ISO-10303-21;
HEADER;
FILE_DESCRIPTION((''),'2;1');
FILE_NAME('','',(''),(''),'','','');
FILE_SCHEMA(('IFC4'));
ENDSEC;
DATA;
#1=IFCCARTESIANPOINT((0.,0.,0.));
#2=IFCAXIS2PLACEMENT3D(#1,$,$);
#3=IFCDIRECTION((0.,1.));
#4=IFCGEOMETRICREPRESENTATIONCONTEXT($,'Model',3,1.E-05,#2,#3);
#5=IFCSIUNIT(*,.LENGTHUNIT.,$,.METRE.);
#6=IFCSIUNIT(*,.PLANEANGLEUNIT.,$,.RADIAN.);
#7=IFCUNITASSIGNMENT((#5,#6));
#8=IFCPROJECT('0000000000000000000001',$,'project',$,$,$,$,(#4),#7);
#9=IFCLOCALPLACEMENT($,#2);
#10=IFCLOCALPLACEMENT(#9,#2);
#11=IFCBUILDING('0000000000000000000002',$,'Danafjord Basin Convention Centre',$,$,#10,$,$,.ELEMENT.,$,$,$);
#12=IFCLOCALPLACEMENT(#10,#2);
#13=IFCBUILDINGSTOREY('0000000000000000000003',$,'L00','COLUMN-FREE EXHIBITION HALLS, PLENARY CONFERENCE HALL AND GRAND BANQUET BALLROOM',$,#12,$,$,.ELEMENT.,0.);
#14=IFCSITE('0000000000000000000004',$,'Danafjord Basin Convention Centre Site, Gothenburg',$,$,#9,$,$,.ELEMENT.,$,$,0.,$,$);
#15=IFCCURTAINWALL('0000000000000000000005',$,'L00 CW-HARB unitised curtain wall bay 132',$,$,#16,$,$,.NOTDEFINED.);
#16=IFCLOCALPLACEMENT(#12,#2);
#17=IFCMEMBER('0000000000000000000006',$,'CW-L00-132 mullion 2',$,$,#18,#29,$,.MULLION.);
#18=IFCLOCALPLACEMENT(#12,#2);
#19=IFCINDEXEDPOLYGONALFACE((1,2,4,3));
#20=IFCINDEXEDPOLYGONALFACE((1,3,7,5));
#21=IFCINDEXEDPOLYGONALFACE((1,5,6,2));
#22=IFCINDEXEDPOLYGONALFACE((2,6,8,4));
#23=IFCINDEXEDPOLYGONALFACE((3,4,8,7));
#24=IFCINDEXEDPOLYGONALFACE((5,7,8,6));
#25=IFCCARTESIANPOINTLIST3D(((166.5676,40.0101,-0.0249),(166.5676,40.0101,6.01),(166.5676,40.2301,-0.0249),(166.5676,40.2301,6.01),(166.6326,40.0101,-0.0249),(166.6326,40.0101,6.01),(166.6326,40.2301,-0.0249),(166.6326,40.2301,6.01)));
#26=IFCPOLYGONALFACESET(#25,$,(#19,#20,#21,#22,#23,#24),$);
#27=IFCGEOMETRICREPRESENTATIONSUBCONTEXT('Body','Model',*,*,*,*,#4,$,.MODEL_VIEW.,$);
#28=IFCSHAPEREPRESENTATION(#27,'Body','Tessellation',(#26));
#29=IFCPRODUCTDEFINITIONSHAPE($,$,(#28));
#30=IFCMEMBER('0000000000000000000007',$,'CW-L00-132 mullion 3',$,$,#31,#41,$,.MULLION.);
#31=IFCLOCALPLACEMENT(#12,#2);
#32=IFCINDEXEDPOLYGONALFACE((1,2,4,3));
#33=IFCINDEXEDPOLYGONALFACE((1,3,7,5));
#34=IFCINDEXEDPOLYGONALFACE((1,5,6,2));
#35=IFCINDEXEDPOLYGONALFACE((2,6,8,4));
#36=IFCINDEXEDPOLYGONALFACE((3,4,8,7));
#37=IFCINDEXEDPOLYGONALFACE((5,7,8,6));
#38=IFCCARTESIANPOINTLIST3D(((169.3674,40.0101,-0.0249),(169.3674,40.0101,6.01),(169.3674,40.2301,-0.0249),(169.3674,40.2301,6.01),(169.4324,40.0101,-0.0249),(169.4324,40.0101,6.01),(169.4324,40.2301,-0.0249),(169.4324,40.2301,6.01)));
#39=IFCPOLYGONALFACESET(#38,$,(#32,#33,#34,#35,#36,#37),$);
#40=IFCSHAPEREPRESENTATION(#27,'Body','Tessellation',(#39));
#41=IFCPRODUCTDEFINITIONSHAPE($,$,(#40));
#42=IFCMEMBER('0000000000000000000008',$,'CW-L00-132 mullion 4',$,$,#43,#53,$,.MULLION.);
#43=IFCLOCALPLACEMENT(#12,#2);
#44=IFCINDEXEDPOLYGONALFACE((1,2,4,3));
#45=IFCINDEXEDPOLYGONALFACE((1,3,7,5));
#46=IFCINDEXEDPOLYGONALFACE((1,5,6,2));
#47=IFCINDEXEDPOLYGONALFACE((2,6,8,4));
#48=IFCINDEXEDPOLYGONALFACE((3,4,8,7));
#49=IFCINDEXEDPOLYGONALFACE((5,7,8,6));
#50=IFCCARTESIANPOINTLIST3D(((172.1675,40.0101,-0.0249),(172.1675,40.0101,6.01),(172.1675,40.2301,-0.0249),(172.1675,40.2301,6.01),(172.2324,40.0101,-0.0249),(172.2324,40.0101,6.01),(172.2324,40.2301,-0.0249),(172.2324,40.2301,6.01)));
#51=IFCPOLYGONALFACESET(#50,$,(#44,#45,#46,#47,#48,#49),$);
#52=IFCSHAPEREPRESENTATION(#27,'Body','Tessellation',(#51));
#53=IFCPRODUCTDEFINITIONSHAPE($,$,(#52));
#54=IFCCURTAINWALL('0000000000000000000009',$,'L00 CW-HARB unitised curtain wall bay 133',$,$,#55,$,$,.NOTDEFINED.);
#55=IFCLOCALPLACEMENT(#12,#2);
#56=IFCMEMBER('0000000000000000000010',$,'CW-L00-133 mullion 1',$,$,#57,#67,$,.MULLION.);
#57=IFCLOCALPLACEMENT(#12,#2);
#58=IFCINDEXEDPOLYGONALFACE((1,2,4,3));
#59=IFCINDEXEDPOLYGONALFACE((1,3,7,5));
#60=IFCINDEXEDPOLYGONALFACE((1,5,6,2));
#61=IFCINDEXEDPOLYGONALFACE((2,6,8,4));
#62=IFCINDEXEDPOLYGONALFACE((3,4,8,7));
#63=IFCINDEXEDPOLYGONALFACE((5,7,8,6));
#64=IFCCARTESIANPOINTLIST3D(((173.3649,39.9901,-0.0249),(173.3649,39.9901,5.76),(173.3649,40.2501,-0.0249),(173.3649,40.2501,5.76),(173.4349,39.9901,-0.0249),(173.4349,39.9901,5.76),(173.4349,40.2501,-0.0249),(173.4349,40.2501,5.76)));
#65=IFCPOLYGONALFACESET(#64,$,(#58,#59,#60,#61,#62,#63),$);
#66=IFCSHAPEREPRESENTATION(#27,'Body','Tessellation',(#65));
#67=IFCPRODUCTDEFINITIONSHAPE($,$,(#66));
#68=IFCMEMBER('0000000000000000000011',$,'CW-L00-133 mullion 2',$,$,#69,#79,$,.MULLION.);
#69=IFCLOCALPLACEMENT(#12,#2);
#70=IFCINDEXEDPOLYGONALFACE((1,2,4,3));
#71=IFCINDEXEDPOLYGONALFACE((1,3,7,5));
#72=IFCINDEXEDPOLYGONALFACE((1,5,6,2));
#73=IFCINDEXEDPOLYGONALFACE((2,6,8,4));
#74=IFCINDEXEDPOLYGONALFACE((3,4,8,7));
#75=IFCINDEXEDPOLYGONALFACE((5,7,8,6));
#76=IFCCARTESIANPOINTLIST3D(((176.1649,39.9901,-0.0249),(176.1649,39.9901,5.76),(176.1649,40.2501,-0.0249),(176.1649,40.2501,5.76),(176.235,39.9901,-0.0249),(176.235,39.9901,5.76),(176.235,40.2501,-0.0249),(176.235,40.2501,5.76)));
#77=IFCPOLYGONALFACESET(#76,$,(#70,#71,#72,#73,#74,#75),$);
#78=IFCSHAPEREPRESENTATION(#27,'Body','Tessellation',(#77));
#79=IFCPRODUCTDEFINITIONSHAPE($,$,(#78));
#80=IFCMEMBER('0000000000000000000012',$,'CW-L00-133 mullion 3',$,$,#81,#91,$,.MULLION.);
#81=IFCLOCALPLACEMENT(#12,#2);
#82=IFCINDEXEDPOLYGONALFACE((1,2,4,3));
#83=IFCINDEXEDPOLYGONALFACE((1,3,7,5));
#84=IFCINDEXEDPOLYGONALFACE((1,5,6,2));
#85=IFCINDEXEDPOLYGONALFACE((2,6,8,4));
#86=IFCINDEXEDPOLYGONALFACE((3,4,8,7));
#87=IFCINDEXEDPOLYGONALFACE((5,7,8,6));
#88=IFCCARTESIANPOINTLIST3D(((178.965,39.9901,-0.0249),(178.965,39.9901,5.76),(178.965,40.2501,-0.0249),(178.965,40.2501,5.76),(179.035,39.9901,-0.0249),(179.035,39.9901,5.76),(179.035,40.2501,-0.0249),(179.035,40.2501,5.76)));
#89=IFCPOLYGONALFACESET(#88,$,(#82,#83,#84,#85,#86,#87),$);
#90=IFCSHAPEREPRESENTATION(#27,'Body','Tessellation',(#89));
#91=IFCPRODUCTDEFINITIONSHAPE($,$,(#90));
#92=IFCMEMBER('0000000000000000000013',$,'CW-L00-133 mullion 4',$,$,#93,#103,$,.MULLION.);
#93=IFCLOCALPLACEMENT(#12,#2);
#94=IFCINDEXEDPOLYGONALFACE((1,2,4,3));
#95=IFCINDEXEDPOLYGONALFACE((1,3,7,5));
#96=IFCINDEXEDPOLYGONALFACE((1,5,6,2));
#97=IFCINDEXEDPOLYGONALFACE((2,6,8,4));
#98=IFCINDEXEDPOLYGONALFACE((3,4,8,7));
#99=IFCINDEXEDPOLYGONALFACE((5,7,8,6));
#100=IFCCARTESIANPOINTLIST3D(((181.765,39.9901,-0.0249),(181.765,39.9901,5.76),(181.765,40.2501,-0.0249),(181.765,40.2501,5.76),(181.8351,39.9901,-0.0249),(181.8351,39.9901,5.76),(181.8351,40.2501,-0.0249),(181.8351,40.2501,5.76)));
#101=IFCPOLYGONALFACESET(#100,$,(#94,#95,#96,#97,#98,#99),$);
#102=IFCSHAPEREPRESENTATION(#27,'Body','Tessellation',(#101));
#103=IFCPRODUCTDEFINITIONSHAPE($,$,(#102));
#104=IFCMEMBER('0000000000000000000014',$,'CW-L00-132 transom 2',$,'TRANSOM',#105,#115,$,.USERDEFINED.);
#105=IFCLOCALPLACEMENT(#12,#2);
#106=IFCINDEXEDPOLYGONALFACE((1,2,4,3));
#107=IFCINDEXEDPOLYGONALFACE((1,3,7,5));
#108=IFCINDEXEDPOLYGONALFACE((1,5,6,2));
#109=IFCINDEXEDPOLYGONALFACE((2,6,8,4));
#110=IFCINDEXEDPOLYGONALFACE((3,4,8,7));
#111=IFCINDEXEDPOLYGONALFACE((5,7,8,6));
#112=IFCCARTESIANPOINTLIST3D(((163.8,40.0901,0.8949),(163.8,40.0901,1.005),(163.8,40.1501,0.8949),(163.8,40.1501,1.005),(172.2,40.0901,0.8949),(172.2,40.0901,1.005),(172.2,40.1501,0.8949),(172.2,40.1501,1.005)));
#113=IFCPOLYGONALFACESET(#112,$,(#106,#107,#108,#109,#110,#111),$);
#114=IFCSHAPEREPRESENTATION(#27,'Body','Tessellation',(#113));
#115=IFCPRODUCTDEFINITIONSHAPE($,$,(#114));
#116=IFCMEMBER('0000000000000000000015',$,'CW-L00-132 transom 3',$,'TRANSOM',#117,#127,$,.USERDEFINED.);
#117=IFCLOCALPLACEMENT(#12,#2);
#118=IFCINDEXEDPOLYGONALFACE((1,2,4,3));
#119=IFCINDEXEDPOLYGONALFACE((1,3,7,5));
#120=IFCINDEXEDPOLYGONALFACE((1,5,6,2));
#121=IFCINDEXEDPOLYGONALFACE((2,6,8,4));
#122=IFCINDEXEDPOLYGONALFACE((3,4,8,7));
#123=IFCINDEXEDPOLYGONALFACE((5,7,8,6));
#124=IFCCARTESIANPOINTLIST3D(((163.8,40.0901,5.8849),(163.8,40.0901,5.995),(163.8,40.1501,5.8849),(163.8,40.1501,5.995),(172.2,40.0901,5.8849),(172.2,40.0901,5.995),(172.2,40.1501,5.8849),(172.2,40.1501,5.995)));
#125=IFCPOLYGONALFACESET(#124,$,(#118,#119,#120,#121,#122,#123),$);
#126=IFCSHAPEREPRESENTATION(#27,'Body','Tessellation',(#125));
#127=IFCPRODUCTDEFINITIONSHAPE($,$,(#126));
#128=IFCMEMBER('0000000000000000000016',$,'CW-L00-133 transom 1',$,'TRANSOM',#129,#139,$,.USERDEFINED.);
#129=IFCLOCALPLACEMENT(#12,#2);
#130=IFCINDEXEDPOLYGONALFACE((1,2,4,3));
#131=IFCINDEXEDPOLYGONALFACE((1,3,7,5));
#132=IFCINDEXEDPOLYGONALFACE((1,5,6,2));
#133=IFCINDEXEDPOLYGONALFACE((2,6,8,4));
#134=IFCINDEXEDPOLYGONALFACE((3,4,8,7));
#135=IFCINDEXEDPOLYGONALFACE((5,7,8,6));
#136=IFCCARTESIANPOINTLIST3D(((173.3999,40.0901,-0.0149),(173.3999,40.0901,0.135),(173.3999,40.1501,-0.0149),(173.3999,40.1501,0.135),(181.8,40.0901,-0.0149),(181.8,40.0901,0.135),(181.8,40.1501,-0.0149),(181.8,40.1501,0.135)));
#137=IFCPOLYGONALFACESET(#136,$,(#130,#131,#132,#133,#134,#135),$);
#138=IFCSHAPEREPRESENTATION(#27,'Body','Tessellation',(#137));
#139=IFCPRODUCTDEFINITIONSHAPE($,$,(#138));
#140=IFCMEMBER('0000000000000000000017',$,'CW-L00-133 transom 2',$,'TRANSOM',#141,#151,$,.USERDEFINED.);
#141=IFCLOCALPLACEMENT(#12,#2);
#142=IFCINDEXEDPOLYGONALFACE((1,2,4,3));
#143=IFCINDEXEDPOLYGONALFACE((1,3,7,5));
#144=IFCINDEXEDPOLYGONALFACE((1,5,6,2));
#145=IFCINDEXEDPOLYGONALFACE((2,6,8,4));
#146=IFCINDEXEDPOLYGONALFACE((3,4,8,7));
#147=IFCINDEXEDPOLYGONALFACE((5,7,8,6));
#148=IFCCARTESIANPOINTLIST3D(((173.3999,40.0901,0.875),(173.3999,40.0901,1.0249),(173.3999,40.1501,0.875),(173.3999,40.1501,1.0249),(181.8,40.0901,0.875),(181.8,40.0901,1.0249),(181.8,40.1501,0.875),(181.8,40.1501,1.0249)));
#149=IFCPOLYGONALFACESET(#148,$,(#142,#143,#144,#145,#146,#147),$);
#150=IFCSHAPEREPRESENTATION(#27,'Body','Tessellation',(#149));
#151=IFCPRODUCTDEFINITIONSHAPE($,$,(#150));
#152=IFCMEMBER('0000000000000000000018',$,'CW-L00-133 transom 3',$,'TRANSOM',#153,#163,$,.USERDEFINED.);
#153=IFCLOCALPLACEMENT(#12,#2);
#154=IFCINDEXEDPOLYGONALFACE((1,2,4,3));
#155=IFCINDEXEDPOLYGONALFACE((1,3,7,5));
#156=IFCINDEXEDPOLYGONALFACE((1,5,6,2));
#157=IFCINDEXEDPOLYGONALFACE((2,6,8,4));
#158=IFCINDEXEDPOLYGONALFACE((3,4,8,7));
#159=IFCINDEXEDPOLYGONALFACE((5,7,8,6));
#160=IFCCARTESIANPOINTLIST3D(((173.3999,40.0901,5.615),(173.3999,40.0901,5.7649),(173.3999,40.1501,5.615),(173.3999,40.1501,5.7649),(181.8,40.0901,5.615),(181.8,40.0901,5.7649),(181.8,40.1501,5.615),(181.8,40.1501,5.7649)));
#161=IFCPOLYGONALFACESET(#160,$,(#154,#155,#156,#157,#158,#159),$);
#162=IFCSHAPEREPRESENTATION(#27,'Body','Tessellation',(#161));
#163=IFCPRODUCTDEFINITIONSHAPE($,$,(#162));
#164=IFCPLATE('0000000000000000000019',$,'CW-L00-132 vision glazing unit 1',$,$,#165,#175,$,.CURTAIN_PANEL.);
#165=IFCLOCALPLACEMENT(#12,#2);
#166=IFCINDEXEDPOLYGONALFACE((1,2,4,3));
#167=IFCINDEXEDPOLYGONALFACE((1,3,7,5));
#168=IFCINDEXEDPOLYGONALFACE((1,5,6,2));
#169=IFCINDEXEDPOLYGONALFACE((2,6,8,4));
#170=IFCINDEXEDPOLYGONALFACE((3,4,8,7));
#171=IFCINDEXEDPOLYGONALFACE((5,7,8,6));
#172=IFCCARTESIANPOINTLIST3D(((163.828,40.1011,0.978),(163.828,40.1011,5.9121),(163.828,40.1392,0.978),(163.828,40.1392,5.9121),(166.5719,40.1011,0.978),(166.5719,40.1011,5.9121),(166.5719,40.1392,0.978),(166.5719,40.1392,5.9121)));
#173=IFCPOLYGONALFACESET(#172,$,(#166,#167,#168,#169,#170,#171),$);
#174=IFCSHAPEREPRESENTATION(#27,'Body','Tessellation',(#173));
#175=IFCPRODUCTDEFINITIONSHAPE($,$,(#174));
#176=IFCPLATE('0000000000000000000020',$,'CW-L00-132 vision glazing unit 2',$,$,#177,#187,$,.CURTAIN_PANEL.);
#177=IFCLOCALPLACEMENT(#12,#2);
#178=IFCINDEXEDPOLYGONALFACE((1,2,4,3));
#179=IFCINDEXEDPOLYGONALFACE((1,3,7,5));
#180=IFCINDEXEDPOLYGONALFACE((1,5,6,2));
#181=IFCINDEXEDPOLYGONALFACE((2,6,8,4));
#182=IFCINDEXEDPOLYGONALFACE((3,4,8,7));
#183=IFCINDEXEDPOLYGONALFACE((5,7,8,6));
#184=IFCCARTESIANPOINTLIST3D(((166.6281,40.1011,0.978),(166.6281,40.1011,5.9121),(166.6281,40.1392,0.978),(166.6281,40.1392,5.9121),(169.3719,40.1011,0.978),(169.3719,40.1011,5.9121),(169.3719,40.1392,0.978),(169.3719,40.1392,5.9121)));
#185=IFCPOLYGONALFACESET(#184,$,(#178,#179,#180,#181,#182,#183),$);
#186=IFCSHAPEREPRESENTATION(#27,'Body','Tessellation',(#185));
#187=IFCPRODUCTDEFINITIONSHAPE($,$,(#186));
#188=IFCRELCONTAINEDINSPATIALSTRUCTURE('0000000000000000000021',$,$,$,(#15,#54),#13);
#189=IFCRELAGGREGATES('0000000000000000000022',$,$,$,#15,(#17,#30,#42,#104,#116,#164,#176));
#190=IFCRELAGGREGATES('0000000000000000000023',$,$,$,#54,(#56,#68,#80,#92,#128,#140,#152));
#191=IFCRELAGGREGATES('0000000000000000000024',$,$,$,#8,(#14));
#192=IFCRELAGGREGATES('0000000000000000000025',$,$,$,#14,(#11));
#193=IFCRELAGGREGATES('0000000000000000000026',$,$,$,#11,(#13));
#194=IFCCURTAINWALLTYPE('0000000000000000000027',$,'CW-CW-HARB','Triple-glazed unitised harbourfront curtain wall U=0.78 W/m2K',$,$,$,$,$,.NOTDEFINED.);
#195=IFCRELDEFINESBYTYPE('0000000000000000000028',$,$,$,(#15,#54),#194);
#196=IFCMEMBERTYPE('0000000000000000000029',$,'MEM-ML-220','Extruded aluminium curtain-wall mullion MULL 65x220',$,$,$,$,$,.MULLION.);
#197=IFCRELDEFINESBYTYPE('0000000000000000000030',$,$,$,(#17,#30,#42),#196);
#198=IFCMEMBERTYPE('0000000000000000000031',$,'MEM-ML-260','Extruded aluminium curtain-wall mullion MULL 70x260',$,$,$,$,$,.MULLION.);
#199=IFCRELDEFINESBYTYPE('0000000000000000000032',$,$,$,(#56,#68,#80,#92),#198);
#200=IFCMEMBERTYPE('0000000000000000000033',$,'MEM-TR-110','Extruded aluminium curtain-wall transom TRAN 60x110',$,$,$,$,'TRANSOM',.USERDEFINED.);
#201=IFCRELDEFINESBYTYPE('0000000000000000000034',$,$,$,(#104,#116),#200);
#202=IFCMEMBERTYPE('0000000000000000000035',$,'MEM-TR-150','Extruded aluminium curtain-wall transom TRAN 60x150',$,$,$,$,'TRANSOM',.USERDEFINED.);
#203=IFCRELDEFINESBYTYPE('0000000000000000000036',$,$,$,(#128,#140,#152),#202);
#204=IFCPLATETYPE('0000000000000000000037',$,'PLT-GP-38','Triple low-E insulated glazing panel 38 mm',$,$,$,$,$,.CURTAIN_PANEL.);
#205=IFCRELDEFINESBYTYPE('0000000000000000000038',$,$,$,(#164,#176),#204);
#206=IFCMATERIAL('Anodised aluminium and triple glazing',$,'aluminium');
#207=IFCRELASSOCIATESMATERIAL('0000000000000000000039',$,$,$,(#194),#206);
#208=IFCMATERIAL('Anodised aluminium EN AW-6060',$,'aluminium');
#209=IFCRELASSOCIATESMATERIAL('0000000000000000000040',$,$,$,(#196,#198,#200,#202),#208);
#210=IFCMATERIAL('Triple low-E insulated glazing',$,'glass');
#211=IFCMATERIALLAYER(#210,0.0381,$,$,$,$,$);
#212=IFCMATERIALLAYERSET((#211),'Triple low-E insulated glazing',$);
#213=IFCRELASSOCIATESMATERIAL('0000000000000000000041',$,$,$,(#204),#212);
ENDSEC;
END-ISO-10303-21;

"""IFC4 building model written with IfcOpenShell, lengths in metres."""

from ifc_helpers import new_model, si_unit, direction, frame, origin, origin_2d, place, context, subcontext, project, spatial, rectangle, extrude, material, layer, layer_set, material_profile, profile_set, type_object, element, aggregate, save


model = new_model("IFC4")

# Units and contexts
model_context = context("Model", 3, precision=1e-05, world=origin(), true_north=direction((0.0, 1.0)))
body_context = subcontext(model_context, "Body", "Model", "MODEL_VIEW")
ifc_project = project(units=[si_unit("LENGTHUNIT", "METRE"), si_unit("PLANEANGLEUNIT", "RADIAN")], contexts=[model_context])

# Site, building, storey
site_placement = place(None, origin())
site = spatial("IfcSite", under=ifc_project, at=site_placement, Name="Danafjord Basin Convention Centre Site, Gothenburg", CompositionType="ELEMENT", RefElevation=0.0)
building_placement = place(site_placement, origin())
building = spatial("IfcBuilding", under=site, at=building_placement, Name="Danafjord Basin Convention Centre", CompositionType="ELEMENT")
storey_placement = place(building_placement, origin())
storey = spatial("IfcBuildingStorey", under=building, at=storey_placement, Name="L00", Description="COLUMN-FREE EXHIBITION HALLS, PLENARY CONFERENCE HALL AND GRAND BANQUET BALLROOM", CompositionType="ELEMENT", Elevation=0.0)

# Curtain walls, members
ifc_material_1 = material(Name="Anodised aluminium and triple glazing", Category="aluminium")
curtain_wall_type = type_object("IfcCurtainWallType", Name="CW-CW-HARB", Description="Triple-glazed unitised harbourfront curtain wall U=0.78 W/m2K", PredefinedType="NOTDEFINED", material=ifc_material_1)
curtain_wall_1_placement = place(storey_placement, origin())
curtain_wall_1 = element("IfcCurtainWall", 1, at=curtain_wall_1_placement, inside=storey, type_object=curtain_wall_type, Name="L00 CW-HARB unitised curtain wall bay 132", PredefinedType="NOTDEFINED")
ifc_material_2 = material(Name="Anodised aluminium EN AW-6060", Category="aluminium")
ifc_material_profile_1 = material_profile(ifc_material_2, rectangle(XDim=0.0649, YDim=0.22, at=origin_2d()), Name="MULL 65x220")
ifc_profile_set_1 = profile_set([ifc_material_profile_1], Name="Anodised aluminium EN AW-6060")
member_type_1 = type_object("IfcMemberType", Name="MEM-ML-220", Description="Extruded aluminium curtain-wall mullion MULL 65x220", PredefinedType="MULLION", material=ifc_profile_set_1)
member_1_placement = place(storey_placement, frame((166.6001, 40.1201, -0.0249), z_axis=(0.0, 0.0, 1.0), x_axis=(1.0, 0.0, 0.0)))
member_1 = element("IfcMember", 2, at=member_1_placement, type_object=member_type_1, Name="CW-L00-132 mullion 2", PredefinedType="MULLION", context=body_context, shape_type="SweptSolid", body=[
    extrude(rectangle(XDim=0.0649, YDim=0.22, at=origin_2d()), origin(), (0.0, 0.0, 1.0), 6.0349),
])
member_2_placement = place(storey_placement, frame((169.3999, 40.1201, -0.0249), z_axis=(0.0, 0.0, 1.0), x_axis=(1.0, 0.0, 0.0)))
member_2 = element("IfcMember", 3, at=member_2_placement, type_object=member_type_1, Name="CW-L00-132 mullion 3", PredefinedType="MULLION", context=body_context, shape_type="SweptSolid", body=[
    extrude(rectangle(XDim=0.0649, YDim=0.22, at=origin_2d()), origin(), (0.0, 0.0, 1.0), 6.0349),
])
member_3_placement = place(storey_placement, frame((172.2, 40.1201, -0.0249), z_axis=(0.0, 0.0, 1.0), x_axis=(1.0, 0.0, 0.0)))
member_3 = element("IfcMember", 4, at=member_3_placement, type_object=member_type_1, Name="CW-L00-132 mullion 4", PredefinedType="MULLION", context=body_context, shape_type="SweptSolid", body=[
    extrude(rectangle(XDim=0.0649, YDim=0.22, at=origin_2d()), origin(), (0.0, 0.0, 1.0), 6.0349),
])
curtain_wall_2_placement = place(storey_placement, origin())
curtain_wall_2 = element("IfcCurtainWall", 5, at=curtain_wall_2_placement, inside=storey, type_object=curtain_wall_type, Name="L00 CW-HARB unitised curtain wall bay 133", PredefinedType="NOTDEFINED")
ifc_material_profile_2 = material_profile(ifc_material_2, rectangle(XDim=0.0701, YDim=0.26, at=origin_2d()), Name="MULL 70x260")
ifc_profile_set_2 = profile_set([ifc_material_profile_2], Name="Anodised aluminium EN AW-6060")
member_type_2 = type_object("IfcMemberType", Name="MEM-ML-260", Description="Extruded aluminium curtain-wall mullion MULL 70x260", PredefinedType="MULLION", material=ifc_profile_set_2)
member_4_placement = place(storey_placement, frame((173.3999, 40.1201, -0.0249), z_axis=(0.0, 0.0, 1.0), x_axis=(1.0, 0.0, 0.0)))
member_4 = element("IfcMember", 6, at=member_4_placement, type_object=member_type_2, Name="CW-L00-133 mullion 1", PredefinedType="MULLION", context=body_context, shape_type="SweptSolid", body=[
    extrude(rectangle(XDim=0.0701, YDim=0.26, at=origin_2d()), origin(), (0.0, 0.0, 1.0), 5.7849),
])
member_5_placement = place(storey_placement, frame((176.2, 40.1201, -0.0249), z_axis=(0.0, 0.0, 1.0), x_axis=(1.0, 0.0, 0.0)))
member_5 = element("IfcMember", 7, at=member_5_placement, type_object=member_type_2, Name="CW-L00-133 mullion 2", PredefinedType="MULLION", context=body_context, shape_type="SweptSolid", body=[
    extrude(rectangle(XDim=0.0701, YDim=0.26, at=origin_2d()), origin(), (0.0, 0.0, 1.0), 5.7849),
])
member_6_placement = place(storey_placement, frame((179.0, 40.1201, -0.0249), z_axis=(0.0, 0.0, 1.0), x_axis=(1.0, 0.0, 0.0)))
member_6 = element("IfcMember", 8, at=member_6_placement, type_object=member_type_2, Name="CW-L00-133 mullion 3", PredefinedType="MULLION", context=body_context, shape_type="SweptSolid", body=[
    extrude(rectangle(XDim=0.0701, YDim=0.26, at=origin_2d()), origin(), (0.0, 0.0, 1.0), 5.7849),
])
member_7_placement = place(storey_placement, frame((181.8, 40.1201, -0.0249), z_axis=(0.0, 0.0, 1.0), x_axis=(1.0, 0.0, 0.0)))
member_7 = element("IfcMember", 9, at=member_7_placement, type_object=member_type_2, Name="CW-L00-133 mullion 4", PredefinedType="MULLION", context=body_context, shape_type="SweptSolid", body=[
    extrude(rectangle(XDim=0.0701, YDim=0.26, at=origin_2d()), origin(), (0.0, 0.0, 1.0), 5.7849),
])

# Members
ifc_material_profile_3 = material_profile(ifc_material_2, rectangle(XDim=0.0601, YDim=0.1101, at=origin_2d()), Name="TRAN 60x110")
ifc_profile_set_3 = profile_set([ifc_material_profile_3], Name="Anodised aluminium EN AW-6060")
member_type_3 = type_object("IfcMemberType", Name="MEM-TR-110", Description="Extruded aluminium curtain-wall transom TRAN 60x110", ElementType="TRANSOM", PredefinedType="USERDEFINED", material=ifc_profile_set_3)
member_8_placement = place(storey_placement, frame((163.8, 40.1201, 0.95), z_axis=(1.0, 0.0, 0.0), x_axis=(0.0, 1.0, 0.0)))
member_8 = element("IfcMember", 10, at=member_8_placement, type_object=member_type_3, Name="CW-L00-132 transom 2", ObjectType="TRANSOM", PredefinedType="USERDEFINED", context=body_context, shape_type="SweptSolid", body=[
    extrude(rectangle(XDim=0.0601, YDim=0.1101, at=origin_2d()), origin(), (0.0, 0.0, 1.0), 8.3999),
])
member_9_placement = place(storey_placement, frame((163.8, 40.1201, 5.9399), z_axis=(1.0, 0.0, 0.0), x_axis=(0.0, 1.0, 0.0)))
member_9 = element("IfcMember", 11, at=member_9_placement, type_object=member_type_3, Name="CW-L00-132 transom 3", ObjectType="TRANSOM", PredefinedType="USERDEFINED", context=body_context, shape_type="SweptSolid", body=[
    extrude(rectangle(XDim=0.0601, YDim=0.1101, at=origin_2d()), origin(), (0.0, 0.0, 1.0), 8.3999),
])
ifc_material_profile_4 = material_profile(ifc_material_2, rectangle(XDim=0.0601, YDim=0.1499, at=origin_2d()), Name="TRAN 60x150")
ifc_profile_set_4 = profile_set([ifc_material_profile_4], Name="Anodised aluminium EN AW-6060")
member_type_4 = type_object("IfcMemberType", Name="MEM-TR-150", Description="Extruded aluminium curtain-wall transom TRAN 60x150", ElementType="TRANSOM", PredefinedType="USERDEFINED", material=ifc_profile_set_4)
member_10_placement = place(storey_placement, frame((173.3999, 40.1201, 0.0601), z_axis=(1.0, 0.0, 0.0), x_axis=(0.0, 1.0, 0.0)))
member_10 = element("IfcMember", 12, at=member_10_placement, type_object=member_type_4, Name="CW-L00-133 transom 1", ObjectType="TRANSOM", PredefinedType="USERDEFINED", context=body_context, shape_type="SweptSolid", body=[
    extrude(rectangle(XDim=0.0601, YDim=0.1499, at=origin_2d()), origin(), (0.0, 0.0, 1.0), 8.4001),
])
member_11_placement = place(storey_placement, frame((173.3999, 40.1201, 0.95), z_axis=(1.0, 0.0, 0.0), x_axis=(0.0, 1.0, 0.0)))
member_11 = element("IfcMember", 13, at=member_11_placement, type_object=member_type_4, Name="CW-L00-133 transom 2", ObjectType="TRANSOM", PredefinedType="USERDEFINED", context=body_context, shape_type="SweptSolid", body=[
    extrude(rectangle(XDim=0.0601, YDim=0.1499, at=origin_2d()), origin(), (0.0, 0.0, 1.0), 8.4001),
])
member_12_placement = place(storey_placement, frame((173.3999, 40.1201, 5.6899), z_axis=(1.0, 0.0, 0.0), x_axis=(0.0, 1.0, 0.0)))
member_12 = element("IfcMember", 14, at=member_12_placement, type_object=member_type_4, Name="CW-L00-133 transom 3", ObjectType="TRANSOM", PredefinedType="USERDEFINED", context=body_context, shape_type="SweptSolid", body=[
    extrude(rectangle(XDim=0.0601, YDim=0.1499, at=origin_2d()), origin(), (0.0, 0.0, 1.0), 8.4001),
])

# Plates
ifc_material_3 = material(Name="Triple low-E insulated glazing", Category="glass")
ifc_layer_1 = layer(ifc_material_3, 0.0381)
ifc_layer_set_1 = layer_set([ifc_layer_1], Name="Triple low-E insulated glazing")
plate_type_1 = type_object("IfcPlateType", Name="PLT-GP-38", Description="Triple low-E insulated glazing panel 38 mm", PredefinedType="CURTAIN_PANEL", material=ifc_layer_set_1)
plate_1_placement = place(storey_placement, frame((165.2, 40.1201, 0.978), z_axis=(0.0, 0.0, 1.0), x_axis=(1.0, 0.0, 0.0)))
plate_1 = element("IfcPlate", 15, at=plate_1_placement, type_object=plate_type_1, Name="CW-L00-132 vision glazing unit 1", PredefinedType="CURTAIN_PANEL", context=body_context, shape_type="SweptSolid", body=[
    extrude(rectangle(XDim=2.7439, YDim=0.0381, at=origin_2d()), origin(), (0.0, 0.0, 1.0), 4.9341),
])
plate_2_placement = place(storey_placement, frame((168.0, 40.1201, 0.978), z_axis=(0.0, 0.0, 1.0), x_axis=(1.0, 0.0, 0.0)))
plate_2 = element("IfcPlate", 16, at=plate_2_placement, type_object=plate_type_1, Name="CW-L00-132 vision glazing unit 2", PredefinedType="CURTAIN_PANEL", context=body_context, shape_type="SweptSolid", body=[
    extrude(rectangle(XDim=2.7439, YDim=0.0381, at=origin_2d()), origin(), (0.0, 0.0, 1.0), 4.9341),
])
aggregate(curtain_wall_1, [member_1, member_2, member_3, member_8, member_9, plate_1, plate_2])
aggregate(curtain_wall_2, [member_4, member_5, member_6, member_7, member_10, member_11, member_12])

save(model, "model.ifc")
